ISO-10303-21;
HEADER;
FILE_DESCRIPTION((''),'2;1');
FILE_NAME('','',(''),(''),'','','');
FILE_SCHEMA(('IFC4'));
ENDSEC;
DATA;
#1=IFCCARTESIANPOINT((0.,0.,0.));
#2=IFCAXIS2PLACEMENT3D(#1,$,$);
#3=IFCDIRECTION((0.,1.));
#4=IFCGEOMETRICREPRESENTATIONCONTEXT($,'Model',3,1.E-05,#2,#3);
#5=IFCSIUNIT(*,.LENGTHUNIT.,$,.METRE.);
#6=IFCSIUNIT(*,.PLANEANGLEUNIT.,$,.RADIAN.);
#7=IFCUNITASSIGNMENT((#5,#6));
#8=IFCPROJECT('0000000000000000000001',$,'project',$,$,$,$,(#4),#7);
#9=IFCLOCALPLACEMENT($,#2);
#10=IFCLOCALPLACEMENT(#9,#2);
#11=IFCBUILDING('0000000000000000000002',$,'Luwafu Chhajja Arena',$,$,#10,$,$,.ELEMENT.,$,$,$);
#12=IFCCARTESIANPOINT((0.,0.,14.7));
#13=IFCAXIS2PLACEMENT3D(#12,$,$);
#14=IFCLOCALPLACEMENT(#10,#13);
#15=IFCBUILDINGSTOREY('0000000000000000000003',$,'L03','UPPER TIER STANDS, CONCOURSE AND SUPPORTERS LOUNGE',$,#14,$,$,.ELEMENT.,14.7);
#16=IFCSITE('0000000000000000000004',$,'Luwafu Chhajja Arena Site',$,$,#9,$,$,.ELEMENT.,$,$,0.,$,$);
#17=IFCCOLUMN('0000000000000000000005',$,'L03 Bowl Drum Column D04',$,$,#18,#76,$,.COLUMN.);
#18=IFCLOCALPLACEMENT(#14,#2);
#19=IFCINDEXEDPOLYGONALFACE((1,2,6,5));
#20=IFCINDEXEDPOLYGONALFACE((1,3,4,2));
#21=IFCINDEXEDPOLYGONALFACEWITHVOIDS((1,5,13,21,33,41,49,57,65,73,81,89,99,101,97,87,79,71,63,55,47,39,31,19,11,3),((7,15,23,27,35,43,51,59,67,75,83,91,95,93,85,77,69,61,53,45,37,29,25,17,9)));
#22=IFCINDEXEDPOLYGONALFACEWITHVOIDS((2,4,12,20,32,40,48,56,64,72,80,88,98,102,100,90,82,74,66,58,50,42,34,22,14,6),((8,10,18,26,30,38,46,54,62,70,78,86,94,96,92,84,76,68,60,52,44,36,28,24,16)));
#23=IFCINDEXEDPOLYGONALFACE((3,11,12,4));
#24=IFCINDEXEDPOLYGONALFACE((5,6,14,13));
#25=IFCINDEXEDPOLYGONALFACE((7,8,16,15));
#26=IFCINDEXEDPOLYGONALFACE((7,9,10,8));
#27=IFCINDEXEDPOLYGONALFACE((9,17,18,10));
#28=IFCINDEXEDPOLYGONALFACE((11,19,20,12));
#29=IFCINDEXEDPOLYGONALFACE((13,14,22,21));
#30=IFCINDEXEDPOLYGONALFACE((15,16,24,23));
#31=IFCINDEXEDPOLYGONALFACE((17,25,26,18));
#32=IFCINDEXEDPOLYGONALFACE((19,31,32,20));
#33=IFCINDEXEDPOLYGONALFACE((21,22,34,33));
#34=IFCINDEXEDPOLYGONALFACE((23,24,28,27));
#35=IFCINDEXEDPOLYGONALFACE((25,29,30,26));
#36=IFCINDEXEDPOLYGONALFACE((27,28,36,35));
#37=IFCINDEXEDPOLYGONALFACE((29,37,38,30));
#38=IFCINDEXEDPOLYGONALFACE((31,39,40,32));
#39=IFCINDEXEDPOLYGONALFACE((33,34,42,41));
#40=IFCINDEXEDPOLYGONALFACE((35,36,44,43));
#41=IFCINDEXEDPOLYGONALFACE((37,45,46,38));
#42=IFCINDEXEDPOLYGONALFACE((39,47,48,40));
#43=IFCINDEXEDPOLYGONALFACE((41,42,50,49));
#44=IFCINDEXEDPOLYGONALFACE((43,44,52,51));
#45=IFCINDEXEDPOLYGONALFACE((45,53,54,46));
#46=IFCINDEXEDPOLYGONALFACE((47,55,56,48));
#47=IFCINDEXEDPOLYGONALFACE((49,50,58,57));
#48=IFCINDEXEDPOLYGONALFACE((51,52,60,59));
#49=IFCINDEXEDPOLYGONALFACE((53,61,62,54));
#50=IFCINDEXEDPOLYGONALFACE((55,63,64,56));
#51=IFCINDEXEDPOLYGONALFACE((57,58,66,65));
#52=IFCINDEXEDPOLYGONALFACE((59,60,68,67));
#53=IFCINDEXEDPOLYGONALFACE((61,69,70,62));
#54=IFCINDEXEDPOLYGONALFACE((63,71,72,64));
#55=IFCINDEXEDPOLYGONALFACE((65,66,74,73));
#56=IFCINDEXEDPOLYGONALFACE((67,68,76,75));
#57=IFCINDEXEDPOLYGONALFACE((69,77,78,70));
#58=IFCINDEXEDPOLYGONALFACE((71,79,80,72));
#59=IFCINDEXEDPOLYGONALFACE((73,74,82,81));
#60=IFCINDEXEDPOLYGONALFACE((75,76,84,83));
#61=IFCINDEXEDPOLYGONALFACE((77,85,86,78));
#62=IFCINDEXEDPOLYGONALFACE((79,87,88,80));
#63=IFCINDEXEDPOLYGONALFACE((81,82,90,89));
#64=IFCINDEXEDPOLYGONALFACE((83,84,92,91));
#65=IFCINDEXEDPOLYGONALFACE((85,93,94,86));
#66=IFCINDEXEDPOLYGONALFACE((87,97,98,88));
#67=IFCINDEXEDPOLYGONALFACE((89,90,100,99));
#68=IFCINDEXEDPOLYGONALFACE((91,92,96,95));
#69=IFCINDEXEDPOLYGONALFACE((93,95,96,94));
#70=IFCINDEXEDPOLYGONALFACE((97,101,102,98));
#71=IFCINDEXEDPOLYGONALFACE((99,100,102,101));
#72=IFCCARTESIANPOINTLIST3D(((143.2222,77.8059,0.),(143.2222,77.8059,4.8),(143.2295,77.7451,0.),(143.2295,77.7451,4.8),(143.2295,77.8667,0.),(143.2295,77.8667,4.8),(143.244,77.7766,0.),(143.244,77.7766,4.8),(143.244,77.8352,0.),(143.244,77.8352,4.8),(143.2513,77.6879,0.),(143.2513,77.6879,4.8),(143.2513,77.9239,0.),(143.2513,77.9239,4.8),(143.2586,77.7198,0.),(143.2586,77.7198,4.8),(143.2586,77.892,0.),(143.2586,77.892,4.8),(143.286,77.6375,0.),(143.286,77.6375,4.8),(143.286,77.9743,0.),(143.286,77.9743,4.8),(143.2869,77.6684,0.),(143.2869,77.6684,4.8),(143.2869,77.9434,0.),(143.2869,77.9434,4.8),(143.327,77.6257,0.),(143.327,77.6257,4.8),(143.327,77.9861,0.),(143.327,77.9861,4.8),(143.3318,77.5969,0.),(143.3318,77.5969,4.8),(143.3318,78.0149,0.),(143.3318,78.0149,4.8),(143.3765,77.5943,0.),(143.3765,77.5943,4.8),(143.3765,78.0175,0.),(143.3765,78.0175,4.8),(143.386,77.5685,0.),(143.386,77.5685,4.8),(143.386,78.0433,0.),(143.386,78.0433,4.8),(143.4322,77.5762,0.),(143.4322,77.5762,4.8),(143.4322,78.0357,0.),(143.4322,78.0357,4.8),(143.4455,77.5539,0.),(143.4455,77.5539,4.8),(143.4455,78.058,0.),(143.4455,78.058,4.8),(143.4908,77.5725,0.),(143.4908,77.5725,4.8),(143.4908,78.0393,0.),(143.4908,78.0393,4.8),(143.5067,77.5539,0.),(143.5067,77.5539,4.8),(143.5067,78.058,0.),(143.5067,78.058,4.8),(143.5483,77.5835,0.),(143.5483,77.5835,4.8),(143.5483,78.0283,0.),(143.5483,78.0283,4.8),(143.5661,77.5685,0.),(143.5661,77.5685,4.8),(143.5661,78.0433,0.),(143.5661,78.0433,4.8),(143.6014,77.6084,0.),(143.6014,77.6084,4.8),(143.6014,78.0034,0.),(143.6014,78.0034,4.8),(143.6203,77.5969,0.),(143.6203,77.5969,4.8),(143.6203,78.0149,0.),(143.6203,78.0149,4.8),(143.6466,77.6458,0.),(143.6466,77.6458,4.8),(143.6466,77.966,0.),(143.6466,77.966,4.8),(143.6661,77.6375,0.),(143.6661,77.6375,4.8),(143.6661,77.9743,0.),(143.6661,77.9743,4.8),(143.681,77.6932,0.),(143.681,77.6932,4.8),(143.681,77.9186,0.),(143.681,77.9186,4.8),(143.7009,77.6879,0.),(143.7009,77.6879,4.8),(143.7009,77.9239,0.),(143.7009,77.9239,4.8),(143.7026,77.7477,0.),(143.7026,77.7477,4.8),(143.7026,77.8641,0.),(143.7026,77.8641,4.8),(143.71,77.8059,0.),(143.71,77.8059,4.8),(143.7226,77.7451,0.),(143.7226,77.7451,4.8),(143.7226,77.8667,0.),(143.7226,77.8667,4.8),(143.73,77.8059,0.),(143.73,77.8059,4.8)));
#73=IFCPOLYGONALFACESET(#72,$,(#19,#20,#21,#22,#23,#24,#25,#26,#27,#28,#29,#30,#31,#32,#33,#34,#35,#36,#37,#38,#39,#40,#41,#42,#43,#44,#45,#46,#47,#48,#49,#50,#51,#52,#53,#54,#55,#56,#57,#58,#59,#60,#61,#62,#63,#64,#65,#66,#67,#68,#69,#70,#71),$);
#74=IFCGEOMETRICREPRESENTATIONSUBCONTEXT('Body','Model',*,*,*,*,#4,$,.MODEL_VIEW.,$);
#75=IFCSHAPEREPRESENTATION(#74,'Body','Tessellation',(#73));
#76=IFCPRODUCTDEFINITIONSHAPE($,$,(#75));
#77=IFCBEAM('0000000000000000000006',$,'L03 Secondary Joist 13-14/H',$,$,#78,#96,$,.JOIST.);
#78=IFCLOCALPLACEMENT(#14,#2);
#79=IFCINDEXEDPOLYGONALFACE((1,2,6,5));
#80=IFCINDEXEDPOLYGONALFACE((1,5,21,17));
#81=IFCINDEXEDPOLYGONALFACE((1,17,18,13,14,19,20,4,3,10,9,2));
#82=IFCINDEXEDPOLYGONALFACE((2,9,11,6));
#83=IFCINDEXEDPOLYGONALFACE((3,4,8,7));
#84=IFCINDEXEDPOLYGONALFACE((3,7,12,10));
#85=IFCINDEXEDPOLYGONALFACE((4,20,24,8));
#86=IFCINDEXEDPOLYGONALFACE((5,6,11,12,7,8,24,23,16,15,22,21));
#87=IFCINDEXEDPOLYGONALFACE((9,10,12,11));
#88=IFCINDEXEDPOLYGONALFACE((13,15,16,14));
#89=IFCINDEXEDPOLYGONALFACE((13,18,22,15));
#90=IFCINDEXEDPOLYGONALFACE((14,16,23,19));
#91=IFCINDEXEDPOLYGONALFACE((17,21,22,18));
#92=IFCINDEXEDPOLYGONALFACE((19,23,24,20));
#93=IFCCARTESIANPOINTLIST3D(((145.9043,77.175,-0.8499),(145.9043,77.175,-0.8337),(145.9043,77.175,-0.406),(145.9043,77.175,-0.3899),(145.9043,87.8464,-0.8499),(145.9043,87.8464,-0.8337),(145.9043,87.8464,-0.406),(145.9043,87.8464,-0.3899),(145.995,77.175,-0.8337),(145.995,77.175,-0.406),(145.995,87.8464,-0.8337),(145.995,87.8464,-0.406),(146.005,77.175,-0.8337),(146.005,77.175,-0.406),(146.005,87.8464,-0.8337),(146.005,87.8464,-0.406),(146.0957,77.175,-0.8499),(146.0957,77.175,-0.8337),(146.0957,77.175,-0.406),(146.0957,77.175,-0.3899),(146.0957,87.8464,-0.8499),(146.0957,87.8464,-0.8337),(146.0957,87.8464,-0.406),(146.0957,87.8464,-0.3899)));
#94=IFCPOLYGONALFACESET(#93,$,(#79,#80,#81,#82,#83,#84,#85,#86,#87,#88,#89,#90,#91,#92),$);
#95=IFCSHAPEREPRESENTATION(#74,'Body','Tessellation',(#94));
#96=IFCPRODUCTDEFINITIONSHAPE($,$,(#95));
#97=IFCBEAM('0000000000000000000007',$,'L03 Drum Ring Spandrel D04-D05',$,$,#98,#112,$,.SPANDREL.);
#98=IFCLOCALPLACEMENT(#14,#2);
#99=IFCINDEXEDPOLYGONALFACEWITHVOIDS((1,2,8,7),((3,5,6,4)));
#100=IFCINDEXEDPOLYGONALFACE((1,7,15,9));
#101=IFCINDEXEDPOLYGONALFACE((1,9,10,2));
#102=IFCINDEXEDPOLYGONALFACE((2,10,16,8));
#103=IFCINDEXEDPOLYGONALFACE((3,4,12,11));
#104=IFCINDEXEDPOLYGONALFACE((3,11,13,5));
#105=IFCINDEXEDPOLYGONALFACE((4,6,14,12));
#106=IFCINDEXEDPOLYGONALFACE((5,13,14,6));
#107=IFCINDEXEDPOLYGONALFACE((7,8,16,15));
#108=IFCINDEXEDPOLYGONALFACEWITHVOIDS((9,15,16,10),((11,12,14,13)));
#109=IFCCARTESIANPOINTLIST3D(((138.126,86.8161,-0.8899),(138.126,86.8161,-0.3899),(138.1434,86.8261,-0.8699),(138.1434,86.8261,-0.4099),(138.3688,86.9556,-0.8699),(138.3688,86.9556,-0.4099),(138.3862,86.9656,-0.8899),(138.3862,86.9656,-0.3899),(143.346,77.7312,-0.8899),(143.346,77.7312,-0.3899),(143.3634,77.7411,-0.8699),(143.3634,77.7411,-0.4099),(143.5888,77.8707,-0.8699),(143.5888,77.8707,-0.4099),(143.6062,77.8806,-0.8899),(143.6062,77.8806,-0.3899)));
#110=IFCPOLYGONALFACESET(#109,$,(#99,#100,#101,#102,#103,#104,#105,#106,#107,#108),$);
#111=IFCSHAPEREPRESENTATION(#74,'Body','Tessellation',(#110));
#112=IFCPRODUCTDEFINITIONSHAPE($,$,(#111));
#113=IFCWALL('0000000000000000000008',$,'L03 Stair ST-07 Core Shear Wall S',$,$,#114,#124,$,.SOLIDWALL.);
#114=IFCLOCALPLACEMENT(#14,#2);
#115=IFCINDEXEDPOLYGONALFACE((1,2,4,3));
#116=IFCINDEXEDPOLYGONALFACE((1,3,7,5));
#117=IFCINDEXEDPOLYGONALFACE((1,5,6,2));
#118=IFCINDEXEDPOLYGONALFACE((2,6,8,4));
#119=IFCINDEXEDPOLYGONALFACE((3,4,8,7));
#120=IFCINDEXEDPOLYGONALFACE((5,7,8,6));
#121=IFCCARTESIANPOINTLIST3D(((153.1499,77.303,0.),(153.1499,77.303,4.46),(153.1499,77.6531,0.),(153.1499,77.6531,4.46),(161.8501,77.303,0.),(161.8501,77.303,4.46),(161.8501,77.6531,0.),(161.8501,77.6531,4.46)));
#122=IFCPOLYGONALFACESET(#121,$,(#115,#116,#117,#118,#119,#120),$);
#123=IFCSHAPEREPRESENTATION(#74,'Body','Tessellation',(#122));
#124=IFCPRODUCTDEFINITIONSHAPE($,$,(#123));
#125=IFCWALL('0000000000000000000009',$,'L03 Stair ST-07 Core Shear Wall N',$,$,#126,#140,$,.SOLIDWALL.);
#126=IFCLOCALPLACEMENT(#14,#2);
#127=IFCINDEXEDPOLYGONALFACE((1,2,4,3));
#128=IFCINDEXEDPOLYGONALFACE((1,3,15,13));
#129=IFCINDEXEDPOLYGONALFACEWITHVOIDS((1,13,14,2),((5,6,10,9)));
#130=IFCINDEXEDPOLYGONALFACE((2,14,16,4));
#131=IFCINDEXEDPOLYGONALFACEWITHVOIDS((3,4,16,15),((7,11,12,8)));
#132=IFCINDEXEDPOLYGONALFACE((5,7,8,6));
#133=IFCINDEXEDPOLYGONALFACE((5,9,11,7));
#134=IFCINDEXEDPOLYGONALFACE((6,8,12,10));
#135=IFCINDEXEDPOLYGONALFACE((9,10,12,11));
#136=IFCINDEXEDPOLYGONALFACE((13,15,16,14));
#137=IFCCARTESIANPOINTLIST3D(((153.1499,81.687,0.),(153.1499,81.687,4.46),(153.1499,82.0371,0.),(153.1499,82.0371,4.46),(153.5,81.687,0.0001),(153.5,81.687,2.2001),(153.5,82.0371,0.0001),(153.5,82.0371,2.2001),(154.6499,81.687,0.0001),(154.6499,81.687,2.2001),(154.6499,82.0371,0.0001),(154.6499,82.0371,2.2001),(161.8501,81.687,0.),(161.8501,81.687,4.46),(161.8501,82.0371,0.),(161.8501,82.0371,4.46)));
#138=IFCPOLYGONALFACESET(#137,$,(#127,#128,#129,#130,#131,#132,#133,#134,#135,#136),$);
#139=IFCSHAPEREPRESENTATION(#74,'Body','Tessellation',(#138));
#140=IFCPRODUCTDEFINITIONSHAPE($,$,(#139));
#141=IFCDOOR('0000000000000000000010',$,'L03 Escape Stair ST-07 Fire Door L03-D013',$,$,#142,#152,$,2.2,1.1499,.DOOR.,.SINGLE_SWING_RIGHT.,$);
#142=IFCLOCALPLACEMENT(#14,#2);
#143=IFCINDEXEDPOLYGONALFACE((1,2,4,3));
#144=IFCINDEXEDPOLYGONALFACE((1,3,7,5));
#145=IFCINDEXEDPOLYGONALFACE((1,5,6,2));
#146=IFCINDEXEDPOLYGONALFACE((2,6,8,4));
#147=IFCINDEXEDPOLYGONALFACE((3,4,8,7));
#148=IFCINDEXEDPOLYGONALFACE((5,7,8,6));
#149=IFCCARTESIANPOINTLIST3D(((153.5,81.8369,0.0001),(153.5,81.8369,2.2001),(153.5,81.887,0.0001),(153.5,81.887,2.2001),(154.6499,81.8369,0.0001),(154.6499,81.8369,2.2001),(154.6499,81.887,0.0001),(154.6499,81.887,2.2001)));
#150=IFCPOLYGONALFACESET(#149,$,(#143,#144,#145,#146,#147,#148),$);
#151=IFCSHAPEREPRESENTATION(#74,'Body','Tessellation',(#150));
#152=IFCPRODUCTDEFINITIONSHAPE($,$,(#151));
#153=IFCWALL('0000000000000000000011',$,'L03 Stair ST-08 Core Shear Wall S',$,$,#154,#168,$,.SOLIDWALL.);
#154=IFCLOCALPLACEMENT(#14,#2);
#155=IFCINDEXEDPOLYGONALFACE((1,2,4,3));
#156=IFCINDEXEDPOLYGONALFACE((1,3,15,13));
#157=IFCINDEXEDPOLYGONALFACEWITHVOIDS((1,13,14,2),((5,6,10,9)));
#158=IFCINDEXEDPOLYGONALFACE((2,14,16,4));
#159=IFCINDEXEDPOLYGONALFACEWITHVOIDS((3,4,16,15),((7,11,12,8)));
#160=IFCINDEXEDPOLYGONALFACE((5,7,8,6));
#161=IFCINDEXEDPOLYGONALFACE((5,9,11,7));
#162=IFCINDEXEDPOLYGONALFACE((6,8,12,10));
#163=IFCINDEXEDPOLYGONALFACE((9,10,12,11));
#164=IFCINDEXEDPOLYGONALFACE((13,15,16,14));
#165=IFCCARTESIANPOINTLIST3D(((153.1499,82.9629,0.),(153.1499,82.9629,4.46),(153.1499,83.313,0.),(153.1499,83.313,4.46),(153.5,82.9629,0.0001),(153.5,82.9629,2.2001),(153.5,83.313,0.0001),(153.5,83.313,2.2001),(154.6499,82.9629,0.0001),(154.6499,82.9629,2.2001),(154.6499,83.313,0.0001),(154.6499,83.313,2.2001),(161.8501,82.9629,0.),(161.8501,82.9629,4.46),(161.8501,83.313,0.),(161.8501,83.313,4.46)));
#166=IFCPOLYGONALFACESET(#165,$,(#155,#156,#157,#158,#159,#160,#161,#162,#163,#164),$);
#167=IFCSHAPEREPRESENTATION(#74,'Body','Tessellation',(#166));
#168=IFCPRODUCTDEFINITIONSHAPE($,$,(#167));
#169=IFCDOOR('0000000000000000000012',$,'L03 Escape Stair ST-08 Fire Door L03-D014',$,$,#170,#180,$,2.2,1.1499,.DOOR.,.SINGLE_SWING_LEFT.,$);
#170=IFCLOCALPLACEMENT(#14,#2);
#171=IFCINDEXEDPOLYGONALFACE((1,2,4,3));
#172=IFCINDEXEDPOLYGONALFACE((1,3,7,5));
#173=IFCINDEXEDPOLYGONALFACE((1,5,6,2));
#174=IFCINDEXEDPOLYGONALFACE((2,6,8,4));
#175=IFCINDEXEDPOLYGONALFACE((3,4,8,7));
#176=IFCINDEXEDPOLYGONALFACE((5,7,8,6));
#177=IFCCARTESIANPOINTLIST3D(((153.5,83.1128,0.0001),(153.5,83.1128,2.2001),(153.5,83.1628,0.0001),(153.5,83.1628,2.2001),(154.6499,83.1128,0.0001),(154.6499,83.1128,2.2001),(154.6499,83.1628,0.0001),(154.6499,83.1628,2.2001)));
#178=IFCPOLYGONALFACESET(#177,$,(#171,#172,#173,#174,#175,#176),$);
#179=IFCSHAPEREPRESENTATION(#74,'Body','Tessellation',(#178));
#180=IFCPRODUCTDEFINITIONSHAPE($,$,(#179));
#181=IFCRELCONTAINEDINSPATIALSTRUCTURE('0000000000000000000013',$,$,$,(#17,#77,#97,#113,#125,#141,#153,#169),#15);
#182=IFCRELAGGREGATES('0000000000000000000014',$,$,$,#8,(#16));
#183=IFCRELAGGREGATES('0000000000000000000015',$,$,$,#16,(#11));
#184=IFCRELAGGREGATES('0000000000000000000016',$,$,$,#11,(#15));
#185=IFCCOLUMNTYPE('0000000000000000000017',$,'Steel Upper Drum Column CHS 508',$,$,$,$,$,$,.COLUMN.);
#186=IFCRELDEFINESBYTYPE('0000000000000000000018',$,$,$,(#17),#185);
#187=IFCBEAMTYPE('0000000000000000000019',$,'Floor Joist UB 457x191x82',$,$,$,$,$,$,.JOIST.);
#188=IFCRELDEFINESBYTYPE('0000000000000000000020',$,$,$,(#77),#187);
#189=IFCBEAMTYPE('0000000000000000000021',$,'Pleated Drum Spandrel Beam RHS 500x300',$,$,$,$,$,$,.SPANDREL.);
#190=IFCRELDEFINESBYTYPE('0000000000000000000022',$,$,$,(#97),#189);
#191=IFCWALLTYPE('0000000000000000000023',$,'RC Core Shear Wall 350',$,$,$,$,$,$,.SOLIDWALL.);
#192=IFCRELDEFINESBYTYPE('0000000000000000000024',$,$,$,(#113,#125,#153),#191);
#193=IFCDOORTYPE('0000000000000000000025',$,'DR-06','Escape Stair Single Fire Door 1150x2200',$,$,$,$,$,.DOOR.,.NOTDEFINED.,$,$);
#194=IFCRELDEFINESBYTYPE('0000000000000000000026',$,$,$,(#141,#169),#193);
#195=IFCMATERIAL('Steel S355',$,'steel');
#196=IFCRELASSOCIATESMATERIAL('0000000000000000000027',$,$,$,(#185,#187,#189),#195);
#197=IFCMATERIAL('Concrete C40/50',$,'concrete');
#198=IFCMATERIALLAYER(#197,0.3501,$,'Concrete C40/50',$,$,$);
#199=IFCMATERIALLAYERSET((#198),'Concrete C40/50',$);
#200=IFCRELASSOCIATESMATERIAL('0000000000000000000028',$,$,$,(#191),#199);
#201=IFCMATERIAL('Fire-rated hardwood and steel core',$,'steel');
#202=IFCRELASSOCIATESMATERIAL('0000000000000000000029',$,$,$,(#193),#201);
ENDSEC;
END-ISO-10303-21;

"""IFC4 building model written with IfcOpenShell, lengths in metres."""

from ifc_helpers import new_model, si_unit, direction, frame, frame_2d, origin, origin_2d, place, context, subcontext, project, spatial, rectangle, hollow_rectangle, hollow_circle, i_section, extrude, material, layer, layer_set, material_profile, profile_set, type_object, element, fill, save


model = new_model("IFC4")

# Units and contexts
model_context = context("Model", 3, precision=1e-05, world=origin(), true_north=direction((0.0, 1.0)))
body_context = subcontext(model_context, "Body", "Model", "MODEL_VIEW")
ifc_project = project(units=[si_unit("LENGTHUNIT", "METRE"), si_unit("PLANEANGLEUNIT", "RADIAN")], contexts=[model_context])

# Site, building, storey
site_placement = place(None, origin())
site = spatial("IfcSite", under=ifc_project, at=site_placement, Name="Luwafu Chhajja Arena Site", CompositionType="ELEMENT", RefElevation=0.0)
building_placement = place(site_placement, origin())
building = spatial("IfcBuilding", under=site, at=building_placement, Name="Luwafu Chhajja Arena", CompositionType="ELEMENT")
storey_placement = place(building_placement, frame((0.0, 0.0, 14.7)))
storey = spatial("IfcBuildingStorey", under=building, at=storey_placement, Name="L03", Description="UPPER TIER STANDS, CONCOURSE AND SUPPORTERS LOUNGE", CompositionType="ELEMENT", Elevation=14.7)

# Column
ifc_material_1 = material(Name="Steel S355", Category="steel")
ifc_material_profile_1 = material_profile(ifc_material_1, hollow_circle(Radius=0.2539, WallThickness=0.02, at=origin_2d()), Name="CHS 508x20")
ifc_profile_set_1 = profile_set([ifc_material_profile_1], Name="Steel S355")
column_type = type_object("IfcColumnType", Name="Steel Upper Drum Column CHS 508", PredefinedType="COLUMN", material=ifc_profile_set_1)
column_placement = place(storey_placement, frame((143.4761, 77.8059, 0.0), z_axis=(0.0, 0.0, 1.0), x_axis=(1.0, 0.0, 0.0)))
element("IfcColumn", 1, at=column_placement, inside=storey, type_object=column_type, Name="L03 Bowl Drum Column D04", PredefinedType="COLUMN", context=body_context, shape_type="SweptSolid", body=[
    extrude(hollow_circle(Radius=0.2539, WallThickness=0.02, at=origin_2d()), origin(), (0.0, 0.0, 1.0), 4.8),
])

# Beams
ifc_material_profile_2 = material_profile(ifc_material_1, i_section(OverallWidth=0.1914, OverallDepth=0.46, WebThickness=0.01, FlangeThickness=0.0161, at=origin_2d()), Name="UB 457x191x82")
ifc_profile_set_2 = profile_set([ifc_material_profile_2], Name="Steel S355")
beam_type_1 = type_object("IfcBeamType", Name="Floor Joist UB 457x191x82", PredefinedType="JOIST", material=ifc_profile_set_2)
beam_1_placement = place(storey_placement, frame((146.0, 77.175, -0.6199), z_axis=(0.0, 1.0, 0.0), x_axis=(-1.0, 0.0, 0.0)))
element("IfcBeam", 2, at=beam_1_placement, inside=storey, type_object=beam_type_1, Name="L03 Secondary Joist 13-14/H", PredefinedType="JOIST", context=body_context, shape_type="SweptSolid", body=[
    extrude(i_section(OverallWidth=0.1914, OverallDepth=0.46, WebThickness=0.01, FlangeThickness=0.0161, at=origin_2d()), origin(), (0.0, 0.0, 1.0), 10.6714),
])
ifc_material_profile_3 = material_profile(ifc_material_1, hollow_rectangle(XDim=0.3, YDim=0.5, WallThickness=0.02, at=origin_2d()), Name="RHS 500x300x20")
ifc_profile_set_3 = profile_set([ifc_material_profile_3], Name="Steel S355")
beam_type_2 = type_object("IfcBeamType", Name="Pleated Drum Spandrel Beam RHS 500x300", PredefinedType="SPANDREL", material=ifc_profile_set_3)
beam_2_placement = place(storey_placement, frame((143.4761, 77.8059, -0.6399), z_axis=(-0.498193, 0.867066, 0.0), x_axis=(-0.867066, -0.498193, 0.0)))
element("IfcBeam", 3, at=beam_2_placement, inside=storey, type_object=beam_type_2, Name="L03 Drum Ring Spandrel D04-D05", PredefinedType="SPANDREL", context=body_context, shape_type="SweptSolid", body=[
    extrude(hollow_rectangle(XDim=0.3, YDim=0.5, WallThickness=0.02, at=origin_2d()), origin(), (0.0, 0.0, 1.0), 10.4778),
])

# Wall
ifc_material_2 = material(Name="Concrete C40/50", Category="concrete")
ifc_layer_1 = layer(ifc_material_2, 0.3501, Name="Concrete C40/50")
ifc_layer_set_1 = layer_set([ifc_layer_1], Name="Concrete C40/50")
wall_type_1 = type_object("IfcWallType", Name="RC Core Shear Wall 350", PredefinedType="SOLIDWALL", material=ifc_layer_set_1)
wall_1_placement = place(storey_placement, frame((153.1499, 77.478, 0.0), z_axis=(0.0, 0.0, 1.0), x_axis=(1.0, 0.0, 0.0)))
element("IfcWall", 4, at=wall_1_placement, inside=storey, type_object=wall_type_1, Name="L03 Stair ST-07 Core Shear Wall S", PredefinedType="SOLIDWALL", context=body_context, shape_type="SweptSolid", body=[
    extrude(rectangle(XDim=8.7002, YDim=0.3501, at=frame_2d((4.3501, 0.0))), origin(), (0.0, 0.0, 1.0), 4.46),
])

# Walls, openings, doors
wall_2_placement = place(storey_placement, frame((153.1499, 81.8621, 0.0), z_axis=(0.0, 0.0, 1.0), x_axis=(1.0, 0.0, 0.0)))
wall_2 = element("IfcWall", 5, at=wall_2_placement, inside=storey, type_object=wall_type_1, Name="L03 Stair ST-07 Core Shear Wall N", PredefinedType="SOLIDWALL", context=body_context, shape_type="SweptSolid", body=[
    extrude(rectangle(XDim=8.7002, YDim=0.3501, at=frame_2d((4.3501, 0.0))), origin(), (0.0, 0.0, 1.0), 4.46),
])
opening_1_placement = place(wall_2_placement, frame((0.3501, 0.0, 0.0)))
opening_1 = element("IfcOpeningElement", 6, at=opening_1_placement, cuts=wall_2, PredefinedType="OPENING", context=body_context, shape_type="SweptSolid", body=[
    extrude(rectangle(XDim=1.1499, YDim=2.2, at=frame_2d((0.575, 1.1001))), frame((0.0, 0.1851, 0.0), z_axis=(0.0, -1.0, 0.0), x_axis=(1.0, 0.0, 0.0)), (0.0, 0.0, 1.0), 0.3701),
])
ifc_material_3 = material(Name="Fire-rated hardwood and steel core", Category="steel")
door_type = type_object("IfcDoorType", Name="DR-06", Description="Escape Stair Single Fire Door 1150x2200", OperationType="NOTDEFINED", PredefinedType="DOOR", material=ifc_material_3)
door_1_placement = place(opening_1_placement, origin())
door_1 = element("IfcDoor", 7, at=door_1_placement, inside=storey, type_object=door_type, Name="L03 Escape Stair ST-07 Fire Door L03-D013", OperationType="SINGLE_SWING_RIGHT", OverallHeight=2.2, OverallWidth=1.1499, PredefinedType="DOOR", context=body_context, shape_type="SweptSolid", body=[
    extrude(rectangle(XDim=1.1499, YDim=2.2, at=frame_2d((0.575, 1.1001))), frame((0.0, 0.0249, 0.0), z_axis=(0.0, -1.0, 0.0), x_axis=(1.0, 0.0, 0.0)), (0.0, 0.0, 1.0), 0.05),
])
fill(opening_1, door_1)
wall_3_placement = place(storey_placement, frame((153.1499, 83.1379, 0.0), z_axis=(0.0, 0.0, 1.0), x_axis=(1.0, 0.0, 0.0)))
wall_3 = element("IfcWall", 8, at=wall_3_placement, inside=storey, type_object=wall_type_1, Name="L03 Stair ST-08 Core Shear Wall S", PredefinedType="SOLIDWALL", context=body_context, shape_type="SweptSolid", body=[
    extrude(rectangle(XDim=8.7002, YDim=0.3501, at=frame_2d((4.3501, 0.0))), origin(), (0.0, 0.0, 1.0), 4.46),
])
opening_2_placement = place(wall_3_placement, frame((0.3501, 0.0, 0.0)))
opening_2 = element("IfcOpeningElement", 9, at=opening_2_placement, cuts=wall_3, PredefinedType="OPENING", context=body_context, shape_type="SweptSolid", body=[
    extrude(rectangle(XDim=1.1499, YDim=2.2, at=frame_2d((0.575, 1.1001))), frame((0.0, 0.1851, 0.0), z_axis=(0.0, -1.0, 0.0), x_axis=(1.0, 0.0, 0.0)), (0.0, 0.0, 1.0), 0.3701),
])
door_2_placement = place(opening_2_placement, origin())
door_2 = element("IfcDoor", 10, at=door_2_placement, inside=storey, type_object=door_type, Name="L03 Escape Stair ST-08 Fire Door L03-D014", OperationType="SINGLE_SWING_LEFT", OverallHeight=2.2, OverallWidth=1.1499, PredefinedType="DOOR", context=body_context, shape_type="SweptSolid", body=[
    extrude(rectangle(XDim=1.1499, YDim=2.2, at=frame_2d((0.575, 1.1001))), frame((0.0, 0.0249, 0.0), z_axis=(0.0, -1.0, 0.0), x_axis=(1.0, 0.0, 0.0)), (0.0, 0.0, 1.0), 0.05),
])
fill(opening_2, door_2)

save(model, "model.ifc")
